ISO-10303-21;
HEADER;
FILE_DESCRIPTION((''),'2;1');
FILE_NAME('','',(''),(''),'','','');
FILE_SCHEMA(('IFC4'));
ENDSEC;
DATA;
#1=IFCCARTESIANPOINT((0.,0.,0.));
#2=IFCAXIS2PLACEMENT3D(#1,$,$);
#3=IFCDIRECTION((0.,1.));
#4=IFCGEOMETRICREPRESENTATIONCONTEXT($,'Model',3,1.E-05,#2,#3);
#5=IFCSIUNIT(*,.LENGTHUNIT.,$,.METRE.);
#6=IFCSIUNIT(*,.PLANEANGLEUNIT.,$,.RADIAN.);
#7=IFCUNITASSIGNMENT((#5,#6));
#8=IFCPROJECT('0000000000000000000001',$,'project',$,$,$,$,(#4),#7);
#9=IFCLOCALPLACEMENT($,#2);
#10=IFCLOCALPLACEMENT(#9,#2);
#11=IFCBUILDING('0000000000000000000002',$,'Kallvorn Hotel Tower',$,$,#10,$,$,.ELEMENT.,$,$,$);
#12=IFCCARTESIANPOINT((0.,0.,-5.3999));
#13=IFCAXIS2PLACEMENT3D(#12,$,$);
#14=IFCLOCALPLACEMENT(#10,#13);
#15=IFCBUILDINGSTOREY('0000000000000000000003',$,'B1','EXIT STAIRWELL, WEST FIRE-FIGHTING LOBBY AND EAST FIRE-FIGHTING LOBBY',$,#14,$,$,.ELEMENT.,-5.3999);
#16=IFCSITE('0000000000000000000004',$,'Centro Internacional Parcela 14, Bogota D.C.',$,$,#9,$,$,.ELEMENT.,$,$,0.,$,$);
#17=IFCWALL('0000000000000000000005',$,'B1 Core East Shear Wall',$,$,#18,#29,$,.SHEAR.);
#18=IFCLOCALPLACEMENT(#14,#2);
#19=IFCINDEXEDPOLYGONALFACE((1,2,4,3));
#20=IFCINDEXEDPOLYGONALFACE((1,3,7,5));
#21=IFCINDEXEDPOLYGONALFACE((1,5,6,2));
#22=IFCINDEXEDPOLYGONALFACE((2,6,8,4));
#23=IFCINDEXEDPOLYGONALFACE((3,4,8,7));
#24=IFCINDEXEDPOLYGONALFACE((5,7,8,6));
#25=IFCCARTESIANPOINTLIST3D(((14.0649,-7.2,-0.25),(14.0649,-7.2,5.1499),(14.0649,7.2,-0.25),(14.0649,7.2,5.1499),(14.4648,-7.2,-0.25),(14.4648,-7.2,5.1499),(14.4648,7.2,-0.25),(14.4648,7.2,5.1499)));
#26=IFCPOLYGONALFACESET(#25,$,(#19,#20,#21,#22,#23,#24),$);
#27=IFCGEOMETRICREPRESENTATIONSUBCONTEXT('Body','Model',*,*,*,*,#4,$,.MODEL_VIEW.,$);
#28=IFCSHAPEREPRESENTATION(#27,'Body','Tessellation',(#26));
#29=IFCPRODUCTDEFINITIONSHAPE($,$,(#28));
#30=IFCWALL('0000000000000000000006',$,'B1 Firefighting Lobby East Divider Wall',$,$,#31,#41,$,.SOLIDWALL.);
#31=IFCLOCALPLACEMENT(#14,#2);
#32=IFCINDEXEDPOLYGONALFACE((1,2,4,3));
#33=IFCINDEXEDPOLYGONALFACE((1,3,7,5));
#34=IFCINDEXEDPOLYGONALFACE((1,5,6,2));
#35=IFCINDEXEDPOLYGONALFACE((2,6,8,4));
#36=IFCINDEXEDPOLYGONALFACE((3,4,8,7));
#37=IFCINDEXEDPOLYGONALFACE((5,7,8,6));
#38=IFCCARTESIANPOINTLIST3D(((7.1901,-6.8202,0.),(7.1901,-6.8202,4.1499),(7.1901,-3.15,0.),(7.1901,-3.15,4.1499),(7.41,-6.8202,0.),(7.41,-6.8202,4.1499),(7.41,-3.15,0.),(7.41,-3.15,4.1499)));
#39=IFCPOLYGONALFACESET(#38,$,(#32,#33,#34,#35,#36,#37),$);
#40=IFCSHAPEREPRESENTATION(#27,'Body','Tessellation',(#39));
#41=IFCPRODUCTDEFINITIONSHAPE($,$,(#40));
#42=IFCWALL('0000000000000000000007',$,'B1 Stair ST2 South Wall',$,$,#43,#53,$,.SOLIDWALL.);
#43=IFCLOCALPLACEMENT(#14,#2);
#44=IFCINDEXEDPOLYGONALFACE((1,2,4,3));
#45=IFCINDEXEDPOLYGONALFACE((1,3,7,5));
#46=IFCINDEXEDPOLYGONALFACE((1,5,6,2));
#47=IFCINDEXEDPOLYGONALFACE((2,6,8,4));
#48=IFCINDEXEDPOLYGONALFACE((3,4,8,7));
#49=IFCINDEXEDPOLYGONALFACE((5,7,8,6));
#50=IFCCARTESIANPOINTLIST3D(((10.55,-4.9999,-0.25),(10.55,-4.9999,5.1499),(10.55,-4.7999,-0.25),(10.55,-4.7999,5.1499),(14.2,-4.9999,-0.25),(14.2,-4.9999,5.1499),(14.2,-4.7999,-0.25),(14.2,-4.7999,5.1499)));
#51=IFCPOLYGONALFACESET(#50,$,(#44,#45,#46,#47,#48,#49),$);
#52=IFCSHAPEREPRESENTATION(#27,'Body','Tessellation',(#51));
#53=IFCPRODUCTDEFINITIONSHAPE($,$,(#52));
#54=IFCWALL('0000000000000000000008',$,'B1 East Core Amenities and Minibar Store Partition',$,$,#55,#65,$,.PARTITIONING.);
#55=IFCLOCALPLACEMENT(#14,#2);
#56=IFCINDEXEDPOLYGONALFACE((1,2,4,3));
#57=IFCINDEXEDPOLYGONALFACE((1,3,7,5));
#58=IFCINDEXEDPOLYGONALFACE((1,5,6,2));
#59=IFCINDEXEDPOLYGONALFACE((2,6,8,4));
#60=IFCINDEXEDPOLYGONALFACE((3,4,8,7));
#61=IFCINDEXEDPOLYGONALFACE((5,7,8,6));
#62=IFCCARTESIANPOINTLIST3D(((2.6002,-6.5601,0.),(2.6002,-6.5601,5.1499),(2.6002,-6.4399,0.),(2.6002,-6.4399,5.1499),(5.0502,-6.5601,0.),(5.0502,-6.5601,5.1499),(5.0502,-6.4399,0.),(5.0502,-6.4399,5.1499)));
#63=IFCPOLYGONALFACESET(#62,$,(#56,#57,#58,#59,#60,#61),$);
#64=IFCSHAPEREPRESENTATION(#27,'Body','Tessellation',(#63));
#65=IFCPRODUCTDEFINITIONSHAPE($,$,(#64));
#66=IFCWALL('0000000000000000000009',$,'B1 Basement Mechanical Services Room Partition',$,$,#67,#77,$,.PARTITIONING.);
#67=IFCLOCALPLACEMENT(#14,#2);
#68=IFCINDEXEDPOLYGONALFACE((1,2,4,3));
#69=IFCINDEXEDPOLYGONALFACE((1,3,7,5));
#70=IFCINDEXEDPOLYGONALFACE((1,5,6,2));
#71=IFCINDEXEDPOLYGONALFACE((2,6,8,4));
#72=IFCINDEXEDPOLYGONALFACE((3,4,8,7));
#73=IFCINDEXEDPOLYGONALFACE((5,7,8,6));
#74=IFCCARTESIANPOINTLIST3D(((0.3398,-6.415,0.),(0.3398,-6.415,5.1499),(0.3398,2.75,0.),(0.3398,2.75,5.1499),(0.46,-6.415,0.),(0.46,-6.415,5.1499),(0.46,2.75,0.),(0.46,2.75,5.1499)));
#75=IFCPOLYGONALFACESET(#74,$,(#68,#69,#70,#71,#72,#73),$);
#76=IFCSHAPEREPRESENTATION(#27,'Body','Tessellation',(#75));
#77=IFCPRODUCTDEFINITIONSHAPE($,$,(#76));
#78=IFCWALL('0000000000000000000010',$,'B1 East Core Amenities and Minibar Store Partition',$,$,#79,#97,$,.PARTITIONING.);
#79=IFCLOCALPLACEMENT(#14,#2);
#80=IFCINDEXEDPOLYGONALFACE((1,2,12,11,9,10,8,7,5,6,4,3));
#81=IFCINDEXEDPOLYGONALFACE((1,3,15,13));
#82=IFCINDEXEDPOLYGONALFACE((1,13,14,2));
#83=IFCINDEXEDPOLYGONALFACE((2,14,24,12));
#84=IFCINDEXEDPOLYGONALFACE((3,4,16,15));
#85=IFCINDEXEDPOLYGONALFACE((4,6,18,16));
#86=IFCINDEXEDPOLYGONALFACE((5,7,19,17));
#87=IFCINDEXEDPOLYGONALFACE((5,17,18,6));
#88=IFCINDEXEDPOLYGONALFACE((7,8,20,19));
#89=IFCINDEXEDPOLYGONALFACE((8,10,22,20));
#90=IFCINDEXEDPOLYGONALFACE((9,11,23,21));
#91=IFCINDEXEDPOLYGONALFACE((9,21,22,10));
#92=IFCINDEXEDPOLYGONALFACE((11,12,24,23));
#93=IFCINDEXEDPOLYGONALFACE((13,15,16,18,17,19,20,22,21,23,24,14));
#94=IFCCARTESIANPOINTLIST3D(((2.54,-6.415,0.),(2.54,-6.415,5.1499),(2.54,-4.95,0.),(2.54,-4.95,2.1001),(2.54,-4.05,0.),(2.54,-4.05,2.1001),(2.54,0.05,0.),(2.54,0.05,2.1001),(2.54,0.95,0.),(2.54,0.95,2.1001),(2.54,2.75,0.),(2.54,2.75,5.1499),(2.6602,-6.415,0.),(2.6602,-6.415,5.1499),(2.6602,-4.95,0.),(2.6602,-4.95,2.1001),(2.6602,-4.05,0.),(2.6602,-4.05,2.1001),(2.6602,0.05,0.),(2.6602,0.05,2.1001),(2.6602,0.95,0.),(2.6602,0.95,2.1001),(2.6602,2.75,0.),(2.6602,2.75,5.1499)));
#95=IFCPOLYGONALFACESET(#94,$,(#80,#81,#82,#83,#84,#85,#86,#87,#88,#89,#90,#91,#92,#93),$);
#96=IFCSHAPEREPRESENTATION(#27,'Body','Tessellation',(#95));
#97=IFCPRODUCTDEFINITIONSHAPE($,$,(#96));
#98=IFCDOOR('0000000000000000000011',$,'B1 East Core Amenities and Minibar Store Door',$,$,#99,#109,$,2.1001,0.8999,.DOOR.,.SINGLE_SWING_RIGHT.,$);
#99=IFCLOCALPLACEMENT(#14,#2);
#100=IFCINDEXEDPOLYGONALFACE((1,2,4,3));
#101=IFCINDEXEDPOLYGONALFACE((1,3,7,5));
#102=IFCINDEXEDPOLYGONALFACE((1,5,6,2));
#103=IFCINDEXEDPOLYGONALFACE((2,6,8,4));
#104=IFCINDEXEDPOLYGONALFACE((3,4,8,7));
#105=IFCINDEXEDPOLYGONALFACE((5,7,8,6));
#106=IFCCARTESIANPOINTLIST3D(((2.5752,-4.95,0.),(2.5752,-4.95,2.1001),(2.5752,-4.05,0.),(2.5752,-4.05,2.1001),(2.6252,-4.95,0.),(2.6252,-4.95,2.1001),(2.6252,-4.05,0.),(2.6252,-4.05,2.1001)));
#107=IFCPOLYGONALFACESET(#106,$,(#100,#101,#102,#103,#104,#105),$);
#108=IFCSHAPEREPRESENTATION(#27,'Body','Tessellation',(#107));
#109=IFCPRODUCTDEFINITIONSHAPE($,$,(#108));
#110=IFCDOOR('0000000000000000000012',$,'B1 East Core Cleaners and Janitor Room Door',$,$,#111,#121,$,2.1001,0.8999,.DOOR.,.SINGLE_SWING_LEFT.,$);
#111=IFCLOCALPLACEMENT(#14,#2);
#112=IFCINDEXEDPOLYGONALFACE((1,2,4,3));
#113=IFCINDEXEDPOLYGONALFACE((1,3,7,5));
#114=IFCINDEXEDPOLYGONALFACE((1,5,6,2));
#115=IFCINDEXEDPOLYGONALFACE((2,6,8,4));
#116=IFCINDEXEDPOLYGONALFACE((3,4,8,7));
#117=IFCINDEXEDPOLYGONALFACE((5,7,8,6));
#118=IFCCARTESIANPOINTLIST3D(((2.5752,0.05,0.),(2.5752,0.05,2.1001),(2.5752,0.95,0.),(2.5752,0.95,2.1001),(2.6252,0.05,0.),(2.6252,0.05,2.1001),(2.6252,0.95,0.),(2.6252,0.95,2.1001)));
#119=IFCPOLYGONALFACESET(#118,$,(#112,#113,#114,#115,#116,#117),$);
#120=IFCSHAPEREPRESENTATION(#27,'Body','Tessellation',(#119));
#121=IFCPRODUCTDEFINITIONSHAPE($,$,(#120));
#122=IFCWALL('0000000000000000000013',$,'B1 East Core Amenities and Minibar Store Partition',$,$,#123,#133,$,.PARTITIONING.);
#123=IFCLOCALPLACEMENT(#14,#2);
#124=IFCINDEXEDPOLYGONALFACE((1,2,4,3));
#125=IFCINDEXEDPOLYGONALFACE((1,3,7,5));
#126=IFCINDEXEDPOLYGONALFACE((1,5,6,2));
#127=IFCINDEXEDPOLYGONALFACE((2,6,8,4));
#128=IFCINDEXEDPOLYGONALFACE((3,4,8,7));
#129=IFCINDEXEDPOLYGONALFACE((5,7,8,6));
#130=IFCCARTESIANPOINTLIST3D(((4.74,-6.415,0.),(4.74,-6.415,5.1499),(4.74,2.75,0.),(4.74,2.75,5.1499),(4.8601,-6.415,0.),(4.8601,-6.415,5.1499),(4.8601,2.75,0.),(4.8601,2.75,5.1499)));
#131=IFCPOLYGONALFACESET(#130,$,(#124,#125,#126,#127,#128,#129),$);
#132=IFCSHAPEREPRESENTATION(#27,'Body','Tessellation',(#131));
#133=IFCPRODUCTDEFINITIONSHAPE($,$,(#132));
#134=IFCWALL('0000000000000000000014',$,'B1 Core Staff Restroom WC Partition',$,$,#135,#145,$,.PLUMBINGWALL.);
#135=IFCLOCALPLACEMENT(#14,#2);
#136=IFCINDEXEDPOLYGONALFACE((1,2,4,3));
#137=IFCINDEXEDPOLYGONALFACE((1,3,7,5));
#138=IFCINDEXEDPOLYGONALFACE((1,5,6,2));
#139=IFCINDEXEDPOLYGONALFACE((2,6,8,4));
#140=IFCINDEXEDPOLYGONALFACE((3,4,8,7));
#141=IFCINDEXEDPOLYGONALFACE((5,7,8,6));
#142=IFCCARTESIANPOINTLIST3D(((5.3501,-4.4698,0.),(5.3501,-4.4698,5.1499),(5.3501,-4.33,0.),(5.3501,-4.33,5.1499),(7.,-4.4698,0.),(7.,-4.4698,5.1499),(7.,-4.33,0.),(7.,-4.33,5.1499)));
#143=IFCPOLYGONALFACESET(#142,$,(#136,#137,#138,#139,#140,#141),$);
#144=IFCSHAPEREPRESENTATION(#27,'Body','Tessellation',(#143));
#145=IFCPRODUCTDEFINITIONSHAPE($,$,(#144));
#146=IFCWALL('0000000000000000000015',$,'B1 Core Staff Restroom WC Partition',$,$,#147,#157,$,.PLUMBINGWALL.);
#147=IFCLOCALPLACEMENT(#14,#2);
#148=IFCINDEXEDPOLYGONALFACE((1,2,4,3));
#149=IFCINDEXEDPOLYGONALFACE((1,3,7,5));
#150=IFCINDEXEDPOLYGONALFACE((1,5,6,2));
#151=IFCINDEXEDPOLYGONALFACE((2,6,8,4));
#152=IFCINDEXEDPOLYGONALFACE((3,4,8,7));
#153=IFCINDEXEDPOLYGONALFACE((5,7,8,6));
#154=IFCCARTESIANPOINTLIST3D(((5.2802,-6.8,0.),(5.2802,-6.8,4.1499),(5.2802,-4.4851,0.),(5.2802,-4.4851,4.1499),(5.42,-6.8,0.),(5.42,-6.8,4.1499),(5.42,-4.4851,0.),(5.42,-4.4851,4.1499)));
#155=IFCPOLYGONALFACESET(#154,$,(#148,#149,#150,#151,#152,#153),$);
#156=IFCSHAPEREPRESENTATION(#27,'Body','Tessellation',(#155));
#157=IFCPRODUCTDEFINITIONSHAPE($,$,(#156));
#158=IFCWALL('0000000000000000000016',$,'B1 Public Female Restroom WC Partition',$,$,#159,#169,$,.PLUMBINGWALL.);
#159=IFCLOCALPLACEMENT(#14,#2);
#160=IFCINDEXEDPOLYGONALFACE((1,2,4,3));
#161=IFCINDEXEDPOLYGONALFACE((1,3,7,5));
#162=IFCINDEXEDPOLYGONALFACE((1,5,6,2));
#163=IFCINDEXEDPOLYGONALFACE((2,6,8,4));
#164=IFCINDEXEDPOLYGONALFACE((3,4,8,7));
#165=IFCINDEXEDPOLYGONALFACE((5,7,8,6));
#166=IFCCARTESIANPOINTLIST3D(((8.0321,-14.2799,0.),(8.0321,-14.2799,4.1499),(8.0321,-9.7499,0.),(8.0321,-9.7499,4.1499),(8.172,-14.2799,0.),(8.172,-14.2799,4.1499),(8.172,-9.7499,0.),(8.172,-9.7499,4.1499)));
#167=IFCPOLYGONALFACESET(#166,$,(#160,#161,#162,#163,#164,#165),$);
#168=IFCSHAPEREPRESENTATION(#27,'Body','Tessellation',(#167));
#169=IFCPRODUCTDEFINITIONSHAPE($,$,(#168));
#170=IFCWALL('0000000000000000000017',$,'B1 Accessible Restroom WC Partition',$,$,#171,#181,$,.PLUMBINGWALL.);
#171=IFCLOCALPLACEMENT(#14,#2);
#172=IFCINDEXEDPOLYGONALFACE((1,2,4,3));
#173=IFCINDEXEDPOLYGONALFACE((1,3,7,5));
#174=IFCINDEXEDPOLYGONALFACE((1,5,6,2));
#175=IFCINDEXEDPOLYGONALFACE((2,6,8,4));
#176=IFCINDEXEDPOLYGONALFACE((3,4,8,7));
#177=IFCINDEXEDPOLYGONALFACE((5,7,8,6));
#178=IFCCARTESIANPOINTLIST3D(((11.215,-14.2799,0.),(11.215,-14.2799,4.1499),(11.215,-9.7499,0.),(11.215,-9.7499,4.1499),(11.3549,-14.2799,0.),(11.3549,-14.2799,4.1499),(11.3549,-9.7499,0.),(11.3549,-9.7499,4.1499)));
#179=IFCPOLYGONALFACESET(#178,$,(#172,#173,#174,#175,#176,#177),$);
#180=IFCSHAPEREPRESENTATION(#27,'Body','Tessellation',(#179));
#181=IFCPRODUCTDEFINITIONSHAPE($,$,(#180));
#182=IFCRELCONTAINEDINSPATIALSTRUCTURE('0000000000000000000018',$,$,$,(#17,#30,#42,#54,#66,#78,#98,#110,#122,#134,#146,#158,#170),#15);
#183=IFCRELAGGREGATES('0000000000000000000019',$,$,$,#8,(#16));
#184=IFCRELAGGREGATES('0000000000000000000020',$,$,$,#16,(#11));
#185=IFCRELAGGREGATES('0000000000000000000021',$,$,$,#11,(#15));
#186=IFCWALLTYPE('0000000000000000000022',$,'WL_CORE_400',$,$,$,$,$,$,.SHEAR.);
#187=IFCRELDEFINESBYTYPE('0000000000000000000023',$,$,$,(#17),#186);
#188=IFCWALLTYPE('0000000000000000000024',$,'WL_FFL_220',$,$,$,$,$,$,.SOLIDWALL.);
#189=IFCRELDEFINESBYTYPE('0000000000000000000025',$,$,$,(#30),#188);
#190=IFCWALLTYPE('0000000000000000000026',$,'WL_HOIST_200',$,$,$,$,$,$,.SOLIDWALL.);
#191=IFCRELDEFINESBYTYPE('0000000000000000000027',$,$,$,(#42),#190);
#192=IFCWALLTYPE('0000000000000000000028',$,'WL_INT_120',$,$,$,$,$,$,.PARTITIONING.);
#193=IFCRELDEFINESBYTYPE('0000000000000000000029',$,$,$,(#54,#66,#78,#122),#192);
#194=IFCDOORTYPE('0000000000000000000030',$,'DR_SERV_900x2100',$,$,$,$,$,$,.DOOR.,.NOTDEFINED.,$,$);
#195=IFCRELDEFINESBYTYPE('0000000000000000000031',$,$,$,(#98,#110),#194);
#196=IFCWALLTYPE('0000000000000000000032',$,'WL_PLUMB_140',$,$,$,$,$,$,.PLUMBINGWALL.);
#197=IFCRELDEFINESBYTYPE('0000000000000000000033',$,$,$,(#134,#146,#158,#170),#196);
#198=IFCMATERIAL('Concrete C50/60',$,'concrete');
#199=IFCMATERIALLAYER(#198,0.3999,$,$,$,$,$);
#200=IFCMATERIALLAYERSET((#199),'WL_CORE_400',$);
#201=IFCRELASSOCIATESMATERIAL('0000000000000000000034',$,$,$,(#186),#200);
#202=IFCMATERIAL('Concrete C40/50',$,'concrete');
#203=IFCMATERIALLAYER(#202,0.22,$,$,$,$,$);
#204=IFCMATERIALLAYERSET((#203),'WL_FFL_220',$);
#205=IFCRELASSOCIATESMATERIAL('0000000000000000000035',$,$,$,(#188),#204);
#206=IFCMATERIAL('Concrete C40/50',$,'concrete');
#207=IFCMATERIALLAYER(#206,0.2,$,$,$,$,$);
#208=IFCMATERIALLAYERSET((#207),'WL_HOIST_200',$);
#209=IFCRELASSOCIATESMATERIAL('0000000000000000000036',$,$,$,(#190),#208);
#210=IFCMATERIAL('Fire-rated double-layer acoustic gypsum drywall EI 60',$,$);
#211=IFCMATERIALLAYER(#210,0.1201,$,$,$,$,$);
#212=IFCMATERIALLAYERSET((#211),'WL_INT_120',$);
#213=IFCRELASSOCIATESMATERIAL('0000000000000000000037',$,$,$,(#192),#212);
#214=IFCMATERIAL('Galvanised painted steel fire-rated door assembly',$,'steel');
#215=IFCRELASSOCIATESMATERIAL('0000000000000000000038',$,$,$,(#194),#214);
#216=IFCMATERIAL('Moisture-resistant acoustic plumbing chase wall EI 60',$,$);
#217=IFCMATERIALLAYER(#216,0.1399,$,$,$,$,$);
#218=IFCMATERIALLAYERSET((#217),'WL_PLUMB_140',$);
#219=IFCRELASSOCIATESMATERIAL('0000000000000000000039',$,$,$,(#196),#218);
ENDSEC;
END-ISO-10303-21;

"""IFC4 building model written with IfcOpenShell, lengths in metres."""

from ifc_helpers import new_model, si_unit, direction, frame, frame_2d, origin, place, context, subcontext, project, spatial, rectangle, extrude, material, layer, layer_set, type_object, element, fill, save


model = new_model("IFC4")

# Units and contexts
model_context = context("Model", 3, precision=1e-05, world=origin(), true_north=direction((0.0, 1.0)))
body_context = subcontext(model_context, "Body", "Model", "MODEL_VIEW")
ifc_project = project(units=[si_unit("LENGTHUNIT", "METRE"), si_unit("PLANEANGLEUNIT", "RADIAN")], contexts=[model_context])

# Site, building, storey
site_placement = place(None, origin())
site = spatial("IfcSite", under=ifc_project, at=site_placement, Name="Centro Internacional Parcela 14, Bogota D.C.", CompositionType="ELEMENT", RefElevation=0.0)
building_placement = place(site_placement, origin())
building = spatial("IfcBuilding", under=site, at=building_placement, Name="Kallvorn Hotel Tower", CompositionType="ELEMENT")
storey_placement = place(building_placement, frame((0.0, 0.0, -5.3999)))
storey = spatial("IfcBuildingStorey", under=building, at=storey_placement, Name="B1", Description="EXIT STAIRWELL, WEST FIRE-FIGHTING LOBBY AND EAST FIRE-FIGHTING LOBBY", CompositionType="ELEMENT", Elevation=-5.3999)

# Walls
ifc_material_1 = material(Name="Concrete C50/60", Category="concrete")
ifc_layer_1 = layer(ifc_material_1, 0.3999)
ifc_layer_set_1 = layer_set([ifc_layer_1], Name="WL_CORE_400")
wall_type_1 = type_object("IfcWallType", Name="WL_CORE_400", PredefinedType="SHEAR", material=ifc_layer_set_1)
wall_1_placement = place(storey_placement, frame((14.2649, -7.2, -0.25), z_axis=(0.0, 0.0, 1.0), x_axis=(0.0, 1.0, 0.0)))
element("IfcWall", 1, at=wall_1_placement, inside=storey, type_object=wall_type_1, Name="B1 Core East Shear Wall", PredefinedType="SHEAR", context=body_context, shape_type="SweptSolid", body=[
    extrude(rectangle(XDim=14.3999, YDim=0.3999, at=frame_2d((7.2, 0.0))), origin(), (0.0, 0.0, 1.0), 5.3999),
])
ifc_material_2 = material(Name="Concrete C40/50", Category="concrete")
ifc_layer_2 = layer(ifc_material_2, 0.22)
ifc_layer_set_2 = layer_set([ifc_layer_2], Name="WL_FFL_220")
wall_type_2 = type_object("IfcWallType", Name="WL_FFL_220", PredefinedType="SOLIDWALL", material=ifc_layer_set_2)
wall_2_placement = place(storey_placement, frame((7.3, -6.8201, 0.0), z_axis=(0.0, 0.0, 1.0), x_axis=(0.0, 1.0, 0.0)))
element("IfcWall", 2, at=wall_2_placement, inside=storey, type_object=wall_type_2, Name="B1 Firefighting Lobby East Divider Wall", PredefinedType="SOLIDWALL", context=body_context, shape_type="SweptSolid", body=[
    extrude(rectangle(XDim=3.6702, YDim=0.22, at=frame_2d((1.835, 0.0))), origin(), (0.0, 0.0, 1.0), 4.1499),
])
ifc_material_3 = material(Name="Concrete C40/50", Category="concrete")
ifc_layer_3 = layer(ifc_material_3, 0.2)
ifc_layer_set_3 = layer_set([ifc_layer_3], Name="WL_HOIST_200")
wall_type_3 = type_object("IfcWallType", Name="WL_HOIST_200", PredefinedType="SOLIDWALL", material=ifc_layer_set_3)
wall_3_placement = place(storey_placement, frame((10.55, -4.8999, -0.25), z_axis=(0.0, 0.0, 1.0), x_axis=(1.0, 0.0, 0.0)))
element("IfcWall", 3, at=wall_3_placement, inside=storey, type_object=wall_type_3, Name="B1 Stair ST2 South Wall", PredefinedType="SOLIDWALL", context=body_context, shape_type="SweptSolid", body=[
    extrude(rectangle(XDim=3.6499, YDim=0.2, at=frame_2d((1.825, 0.0))), origin(), (0.0, 0.0, 1.0), 5.3999),
])
ifc_material_4 = material(Name="Fire-rated double-layer acoustic gypsum drywall EI 60")
ifc_layer_4 = layer(ifc_material_4, 0.1201)
ifc_layer_set_4 = layer_set([ifc_layer_4], Name="WL_INT_120")
wall_type_4 = type_object("IfcWallType", Name="WL_INT_120", PredefinedType="PARTITIONING", material=ifc_layer_set_4)
wall_4_placement = place(storey_placement, frame((2.6001, -6.5, 0.0), z_axis=(0.0, 0.0, 1.0), x_axis=(1.0, 0.0, 0.0)))
element("IfcWall", 4, at=wall_4_placement, inside=storey, type_object=wall_type_4, Name="B1 East Core Amenities and Minibar Store Partition", PredefinedType="PARTITIONING", context=body_context, shape_type="SweptSolid", body=[
    extrude(rectangle(XDim=2.45, YDim=0.1201, at=frame_2d((1.2251, 0.0))), origin(), (0.0, 0.0, 1.0), 5.1499),
])
wall_5_placement = place(storey_placement, frame((0.3999, -6.415, 0.0), z_axis=(0.0, 0.0, 1.0), x_axis=(0.0, 1.0, 0.0)))
element("IfcWall", 5, at=wall_5_placement, inside=storey, type_object=wall_type_4, Name="B1 Basement Mechanical Services Room Partition", PredefinedType="PARTITIONING", context=body_context, shape_type="SweptSolid", body=[
    extrude(rectangle(XDim=9.165, YDim=0.1201, at=frame_2d((4.5825, 0.0))), origin(), (0.0, 0.0, 1.0), 5.1499),
])

# Wall, openings, doors
wall_6_placement = place(storey_placement, frame((2.6001, -6.415, 0.0), z_axis=(0.0, 0.0, 1.0), x_axis=(0.0, 1.0, 0.0)))
wall_6 = element("IfcWall", 6, at=wall_6_placement, inside=storey, type_object=wall_type_4, Name="B1 East Core Amenities and Minibar Store Partition", PredefinedType="PARTITIONING", context=body_context, shape_type="SweptSolid", body=[
    extrude(rectangle(XDim=9.165, YDim=0.1201, at=frame_2d((4.5825, 0.0))), origin(), (0.0, 0.0, 1.0), 5.1499),
])
opening_1_placement = place(wall_6_placement, frame((1.4651, 0.0, 0.0)))
opening_1 = element("IfcOpeningElement", 7, at=opening_1_placement, cuts=wall_6, PredefinedType="OPENING", context=body_context, shape_type="SweptSolid", body=[
    extrude(rectangle(XDim=0.8999, YDim=2.1001, at=frame_2d((0.45, 1.05))), frame((0.0, 0.075, 0.0), z_axis=(0.0, -1.0, 0.0), x_axis=(1.0, 0.0, 0.0)), (0.0, 0.0, 1.0), 0.1501),
])
opening_2_placement = place(wall_6_placement, frame((6.4651, 0.0, 0.0)))
opening_2 = element("IfcOpeningElement", 8, at=opening_2_placement, cuts=wall_6, PredefinedType="OPENING", context=body_context, shape_type="SweptSolid", body=[
    extrude(rectangle(XDim=0.8999, YDim=2.1001, at=frame_2d((0.45, 1.05))), frame((0.0, 0.075, 0.0), z_axis=(0.0, -1.0, 0.0), x_axis=(1.0, 0.0, 0.0)), (0.0, 0.0, 1.0), 0.1501),
])
ifc_material_5 = material(Name="Galvanised painted steel fire-rated door assembly", Category="steel")
door_type_1 = type_object("IfcDoorType", Name="DR_SERV_900x2100", OperationType="NOTDEFINED", PredefinedType="DOOR", material=ifc_material_5)
door_1_placement = place(opening_1_placement, origin())
door_1 = element("IfcDoor", 9, at=door_1_placement, inside=storey, type_object=door_type_1, Name="B1 East Core Amenities and Minibar Store Door", OperationType="SINGLE_SWING_RIGHT", OverallHeight=2.1001, OverallWidth=0.8999, PredefinedType="DOOR", context=body_context, shape_type="SweptSolid", body=[
    extrude(rectangle(XDim=0.8999, YDim=2.1001, at=frame_2d((0.45, 1.05))), frame((0.0, 0.0249, 0.0), z_axis=(0.0, -1.0, 0.0), x_axis=(1.0, 0.0, 0.0)), (0.0, 0.0, 1.0), 0.05),
])
fill(opening_1, door_1)
door_2_placement = place(opening_2_placement, origin())
door_2 = element("IfcDoor", 10, at=door_2_placement, inside=storey, type_object=door_type_1, Name="B1 East Core Cleaners and Janitor Room Door", OperationType="SINGLE_SWING_LEFT", OverallHeight=2.1001, OverallWidth=0.8999, PredefinedType="DOOR", context=body_context, shape_type="SweptSolid", body=[
    extrude(rectangle(XDim=0.8999, YDim=2.1001, at=frame_2d((0.45, 1.05))), frame((0.0, 0.0249, 0.0), z_axis=(0.0, -1.0, 0.0), x_axis=(1.0, 0.0, 0.0)), (0.0, 0.0, 1.0), 0.05),
])
fill(opening_2, door_2)

# Walls
wall_7_placement = place(storey_placement, frame((4.8, -6.415, 0.0), z_axis=(0.0, 0.0, 1.0), x_axis=(0.0, 1.0, 0.0)))
element("IfcWall", 11, at=wall_7_placement, inside=storey, type_object=wall_type_4, Name="B1 East Core Amenities and Minibar Store Partition", PredefinedType="PARTITIONING", context=body_context, shape_type="SweptSolid", body=[
    extrude(rectangle(XDim=9.165, YDim=0.1201, at=frame_2d((4.5825, 0.0))), origin(), (0.0, 0.0, 1.0), 5.1499),
])
ifc_material_6 = material(Name="Moisture-resistant acoustic plumbing chase wall EI 60")
ifc_layer_5 = layer(ifc_material_6, 0.1399)
ifc_layer_set_5 = layer_set([ifc_layer_5], Name="WL_PLUMB_140")
wall_type_5 = type_object("IfcWallType", Name="WL_PLUMB_140", PredefinedType="PLUMBINGWALL", material=ifc_layer_set_5)
wall_8_placement = place(storey_placement, frame((5.3501, -4.3999, 0.0), z_axis=(0.0, 0.0, 1.0), x_axis=(1.0, 0.0, 0.0)))
element("IfcWall", 12, at=wall_8_placement, inside=storey, type_object=wall_type_5, Name="B1 Core Staff Restroom WC Partition", PredefinedType="PLUMBINGWALL", context=body_context, shape_type="SweptSolid", body=[
    extrude(rectangle(XDim=1.6499, YDim=0.1399, at=frame_2d((0.825, 0.0))), origin(), (0.0, 0.0, 1.0), 5.1499),
])
wall_9_placement = place(storey_placement, frame((5.3501, -6.8, 0.0), z_axis=(0.0, 0.0, 1.0), x_axis=(0.0, 1.0, 0.0)))
element("IfcWall", 13, at=wall_9_placement, inside=storey, type_object=wall_type_5, Name="B1 Core Staff Restroom WC Partition", PredefinedType="PLUMBINGWALL", context=body_context, shape_type="SweptSolid", body=[
    extrude(rectangle(XDim=2.3149, YDim=0.1399, at=frame_2d((1.1575, 0.0))), origin(), (0.0, 0.0, 1.0), 4.1499),
])
for number, where, z_axis, x_axis, name in (
    (14, (8.1021, -14.28, 0.0), (0.0, 0.0, 1.0), (0.0, 1.0, 0.0), "B1 Public Female Restroom WC Partition"),
    (15, (11.2849, -14.28, 0.0), (0.0, 0.0, 1.0), (0.0, 1.0, 0.0), "B1 Accessible Restroom WC Partition"),
):
    element("IfcWall", number, at=place(storey_placement, frame(where, z_axis=z_axis, x_axis=x_axis)), inside=storey, type_object=wall_type_5, Name=name, PredefinedType="PLUMBINGWALL", context=body_context, shape_type="SweptSolid", body=[
        extrude(rectangle(XDim=4.53, YDim=0.1399, at=frame_2d((2.2651, 0.0))), origin(), (0.0, 0.0, 1.0), 4.1499),
    ])

save(model, "model.ifc")
